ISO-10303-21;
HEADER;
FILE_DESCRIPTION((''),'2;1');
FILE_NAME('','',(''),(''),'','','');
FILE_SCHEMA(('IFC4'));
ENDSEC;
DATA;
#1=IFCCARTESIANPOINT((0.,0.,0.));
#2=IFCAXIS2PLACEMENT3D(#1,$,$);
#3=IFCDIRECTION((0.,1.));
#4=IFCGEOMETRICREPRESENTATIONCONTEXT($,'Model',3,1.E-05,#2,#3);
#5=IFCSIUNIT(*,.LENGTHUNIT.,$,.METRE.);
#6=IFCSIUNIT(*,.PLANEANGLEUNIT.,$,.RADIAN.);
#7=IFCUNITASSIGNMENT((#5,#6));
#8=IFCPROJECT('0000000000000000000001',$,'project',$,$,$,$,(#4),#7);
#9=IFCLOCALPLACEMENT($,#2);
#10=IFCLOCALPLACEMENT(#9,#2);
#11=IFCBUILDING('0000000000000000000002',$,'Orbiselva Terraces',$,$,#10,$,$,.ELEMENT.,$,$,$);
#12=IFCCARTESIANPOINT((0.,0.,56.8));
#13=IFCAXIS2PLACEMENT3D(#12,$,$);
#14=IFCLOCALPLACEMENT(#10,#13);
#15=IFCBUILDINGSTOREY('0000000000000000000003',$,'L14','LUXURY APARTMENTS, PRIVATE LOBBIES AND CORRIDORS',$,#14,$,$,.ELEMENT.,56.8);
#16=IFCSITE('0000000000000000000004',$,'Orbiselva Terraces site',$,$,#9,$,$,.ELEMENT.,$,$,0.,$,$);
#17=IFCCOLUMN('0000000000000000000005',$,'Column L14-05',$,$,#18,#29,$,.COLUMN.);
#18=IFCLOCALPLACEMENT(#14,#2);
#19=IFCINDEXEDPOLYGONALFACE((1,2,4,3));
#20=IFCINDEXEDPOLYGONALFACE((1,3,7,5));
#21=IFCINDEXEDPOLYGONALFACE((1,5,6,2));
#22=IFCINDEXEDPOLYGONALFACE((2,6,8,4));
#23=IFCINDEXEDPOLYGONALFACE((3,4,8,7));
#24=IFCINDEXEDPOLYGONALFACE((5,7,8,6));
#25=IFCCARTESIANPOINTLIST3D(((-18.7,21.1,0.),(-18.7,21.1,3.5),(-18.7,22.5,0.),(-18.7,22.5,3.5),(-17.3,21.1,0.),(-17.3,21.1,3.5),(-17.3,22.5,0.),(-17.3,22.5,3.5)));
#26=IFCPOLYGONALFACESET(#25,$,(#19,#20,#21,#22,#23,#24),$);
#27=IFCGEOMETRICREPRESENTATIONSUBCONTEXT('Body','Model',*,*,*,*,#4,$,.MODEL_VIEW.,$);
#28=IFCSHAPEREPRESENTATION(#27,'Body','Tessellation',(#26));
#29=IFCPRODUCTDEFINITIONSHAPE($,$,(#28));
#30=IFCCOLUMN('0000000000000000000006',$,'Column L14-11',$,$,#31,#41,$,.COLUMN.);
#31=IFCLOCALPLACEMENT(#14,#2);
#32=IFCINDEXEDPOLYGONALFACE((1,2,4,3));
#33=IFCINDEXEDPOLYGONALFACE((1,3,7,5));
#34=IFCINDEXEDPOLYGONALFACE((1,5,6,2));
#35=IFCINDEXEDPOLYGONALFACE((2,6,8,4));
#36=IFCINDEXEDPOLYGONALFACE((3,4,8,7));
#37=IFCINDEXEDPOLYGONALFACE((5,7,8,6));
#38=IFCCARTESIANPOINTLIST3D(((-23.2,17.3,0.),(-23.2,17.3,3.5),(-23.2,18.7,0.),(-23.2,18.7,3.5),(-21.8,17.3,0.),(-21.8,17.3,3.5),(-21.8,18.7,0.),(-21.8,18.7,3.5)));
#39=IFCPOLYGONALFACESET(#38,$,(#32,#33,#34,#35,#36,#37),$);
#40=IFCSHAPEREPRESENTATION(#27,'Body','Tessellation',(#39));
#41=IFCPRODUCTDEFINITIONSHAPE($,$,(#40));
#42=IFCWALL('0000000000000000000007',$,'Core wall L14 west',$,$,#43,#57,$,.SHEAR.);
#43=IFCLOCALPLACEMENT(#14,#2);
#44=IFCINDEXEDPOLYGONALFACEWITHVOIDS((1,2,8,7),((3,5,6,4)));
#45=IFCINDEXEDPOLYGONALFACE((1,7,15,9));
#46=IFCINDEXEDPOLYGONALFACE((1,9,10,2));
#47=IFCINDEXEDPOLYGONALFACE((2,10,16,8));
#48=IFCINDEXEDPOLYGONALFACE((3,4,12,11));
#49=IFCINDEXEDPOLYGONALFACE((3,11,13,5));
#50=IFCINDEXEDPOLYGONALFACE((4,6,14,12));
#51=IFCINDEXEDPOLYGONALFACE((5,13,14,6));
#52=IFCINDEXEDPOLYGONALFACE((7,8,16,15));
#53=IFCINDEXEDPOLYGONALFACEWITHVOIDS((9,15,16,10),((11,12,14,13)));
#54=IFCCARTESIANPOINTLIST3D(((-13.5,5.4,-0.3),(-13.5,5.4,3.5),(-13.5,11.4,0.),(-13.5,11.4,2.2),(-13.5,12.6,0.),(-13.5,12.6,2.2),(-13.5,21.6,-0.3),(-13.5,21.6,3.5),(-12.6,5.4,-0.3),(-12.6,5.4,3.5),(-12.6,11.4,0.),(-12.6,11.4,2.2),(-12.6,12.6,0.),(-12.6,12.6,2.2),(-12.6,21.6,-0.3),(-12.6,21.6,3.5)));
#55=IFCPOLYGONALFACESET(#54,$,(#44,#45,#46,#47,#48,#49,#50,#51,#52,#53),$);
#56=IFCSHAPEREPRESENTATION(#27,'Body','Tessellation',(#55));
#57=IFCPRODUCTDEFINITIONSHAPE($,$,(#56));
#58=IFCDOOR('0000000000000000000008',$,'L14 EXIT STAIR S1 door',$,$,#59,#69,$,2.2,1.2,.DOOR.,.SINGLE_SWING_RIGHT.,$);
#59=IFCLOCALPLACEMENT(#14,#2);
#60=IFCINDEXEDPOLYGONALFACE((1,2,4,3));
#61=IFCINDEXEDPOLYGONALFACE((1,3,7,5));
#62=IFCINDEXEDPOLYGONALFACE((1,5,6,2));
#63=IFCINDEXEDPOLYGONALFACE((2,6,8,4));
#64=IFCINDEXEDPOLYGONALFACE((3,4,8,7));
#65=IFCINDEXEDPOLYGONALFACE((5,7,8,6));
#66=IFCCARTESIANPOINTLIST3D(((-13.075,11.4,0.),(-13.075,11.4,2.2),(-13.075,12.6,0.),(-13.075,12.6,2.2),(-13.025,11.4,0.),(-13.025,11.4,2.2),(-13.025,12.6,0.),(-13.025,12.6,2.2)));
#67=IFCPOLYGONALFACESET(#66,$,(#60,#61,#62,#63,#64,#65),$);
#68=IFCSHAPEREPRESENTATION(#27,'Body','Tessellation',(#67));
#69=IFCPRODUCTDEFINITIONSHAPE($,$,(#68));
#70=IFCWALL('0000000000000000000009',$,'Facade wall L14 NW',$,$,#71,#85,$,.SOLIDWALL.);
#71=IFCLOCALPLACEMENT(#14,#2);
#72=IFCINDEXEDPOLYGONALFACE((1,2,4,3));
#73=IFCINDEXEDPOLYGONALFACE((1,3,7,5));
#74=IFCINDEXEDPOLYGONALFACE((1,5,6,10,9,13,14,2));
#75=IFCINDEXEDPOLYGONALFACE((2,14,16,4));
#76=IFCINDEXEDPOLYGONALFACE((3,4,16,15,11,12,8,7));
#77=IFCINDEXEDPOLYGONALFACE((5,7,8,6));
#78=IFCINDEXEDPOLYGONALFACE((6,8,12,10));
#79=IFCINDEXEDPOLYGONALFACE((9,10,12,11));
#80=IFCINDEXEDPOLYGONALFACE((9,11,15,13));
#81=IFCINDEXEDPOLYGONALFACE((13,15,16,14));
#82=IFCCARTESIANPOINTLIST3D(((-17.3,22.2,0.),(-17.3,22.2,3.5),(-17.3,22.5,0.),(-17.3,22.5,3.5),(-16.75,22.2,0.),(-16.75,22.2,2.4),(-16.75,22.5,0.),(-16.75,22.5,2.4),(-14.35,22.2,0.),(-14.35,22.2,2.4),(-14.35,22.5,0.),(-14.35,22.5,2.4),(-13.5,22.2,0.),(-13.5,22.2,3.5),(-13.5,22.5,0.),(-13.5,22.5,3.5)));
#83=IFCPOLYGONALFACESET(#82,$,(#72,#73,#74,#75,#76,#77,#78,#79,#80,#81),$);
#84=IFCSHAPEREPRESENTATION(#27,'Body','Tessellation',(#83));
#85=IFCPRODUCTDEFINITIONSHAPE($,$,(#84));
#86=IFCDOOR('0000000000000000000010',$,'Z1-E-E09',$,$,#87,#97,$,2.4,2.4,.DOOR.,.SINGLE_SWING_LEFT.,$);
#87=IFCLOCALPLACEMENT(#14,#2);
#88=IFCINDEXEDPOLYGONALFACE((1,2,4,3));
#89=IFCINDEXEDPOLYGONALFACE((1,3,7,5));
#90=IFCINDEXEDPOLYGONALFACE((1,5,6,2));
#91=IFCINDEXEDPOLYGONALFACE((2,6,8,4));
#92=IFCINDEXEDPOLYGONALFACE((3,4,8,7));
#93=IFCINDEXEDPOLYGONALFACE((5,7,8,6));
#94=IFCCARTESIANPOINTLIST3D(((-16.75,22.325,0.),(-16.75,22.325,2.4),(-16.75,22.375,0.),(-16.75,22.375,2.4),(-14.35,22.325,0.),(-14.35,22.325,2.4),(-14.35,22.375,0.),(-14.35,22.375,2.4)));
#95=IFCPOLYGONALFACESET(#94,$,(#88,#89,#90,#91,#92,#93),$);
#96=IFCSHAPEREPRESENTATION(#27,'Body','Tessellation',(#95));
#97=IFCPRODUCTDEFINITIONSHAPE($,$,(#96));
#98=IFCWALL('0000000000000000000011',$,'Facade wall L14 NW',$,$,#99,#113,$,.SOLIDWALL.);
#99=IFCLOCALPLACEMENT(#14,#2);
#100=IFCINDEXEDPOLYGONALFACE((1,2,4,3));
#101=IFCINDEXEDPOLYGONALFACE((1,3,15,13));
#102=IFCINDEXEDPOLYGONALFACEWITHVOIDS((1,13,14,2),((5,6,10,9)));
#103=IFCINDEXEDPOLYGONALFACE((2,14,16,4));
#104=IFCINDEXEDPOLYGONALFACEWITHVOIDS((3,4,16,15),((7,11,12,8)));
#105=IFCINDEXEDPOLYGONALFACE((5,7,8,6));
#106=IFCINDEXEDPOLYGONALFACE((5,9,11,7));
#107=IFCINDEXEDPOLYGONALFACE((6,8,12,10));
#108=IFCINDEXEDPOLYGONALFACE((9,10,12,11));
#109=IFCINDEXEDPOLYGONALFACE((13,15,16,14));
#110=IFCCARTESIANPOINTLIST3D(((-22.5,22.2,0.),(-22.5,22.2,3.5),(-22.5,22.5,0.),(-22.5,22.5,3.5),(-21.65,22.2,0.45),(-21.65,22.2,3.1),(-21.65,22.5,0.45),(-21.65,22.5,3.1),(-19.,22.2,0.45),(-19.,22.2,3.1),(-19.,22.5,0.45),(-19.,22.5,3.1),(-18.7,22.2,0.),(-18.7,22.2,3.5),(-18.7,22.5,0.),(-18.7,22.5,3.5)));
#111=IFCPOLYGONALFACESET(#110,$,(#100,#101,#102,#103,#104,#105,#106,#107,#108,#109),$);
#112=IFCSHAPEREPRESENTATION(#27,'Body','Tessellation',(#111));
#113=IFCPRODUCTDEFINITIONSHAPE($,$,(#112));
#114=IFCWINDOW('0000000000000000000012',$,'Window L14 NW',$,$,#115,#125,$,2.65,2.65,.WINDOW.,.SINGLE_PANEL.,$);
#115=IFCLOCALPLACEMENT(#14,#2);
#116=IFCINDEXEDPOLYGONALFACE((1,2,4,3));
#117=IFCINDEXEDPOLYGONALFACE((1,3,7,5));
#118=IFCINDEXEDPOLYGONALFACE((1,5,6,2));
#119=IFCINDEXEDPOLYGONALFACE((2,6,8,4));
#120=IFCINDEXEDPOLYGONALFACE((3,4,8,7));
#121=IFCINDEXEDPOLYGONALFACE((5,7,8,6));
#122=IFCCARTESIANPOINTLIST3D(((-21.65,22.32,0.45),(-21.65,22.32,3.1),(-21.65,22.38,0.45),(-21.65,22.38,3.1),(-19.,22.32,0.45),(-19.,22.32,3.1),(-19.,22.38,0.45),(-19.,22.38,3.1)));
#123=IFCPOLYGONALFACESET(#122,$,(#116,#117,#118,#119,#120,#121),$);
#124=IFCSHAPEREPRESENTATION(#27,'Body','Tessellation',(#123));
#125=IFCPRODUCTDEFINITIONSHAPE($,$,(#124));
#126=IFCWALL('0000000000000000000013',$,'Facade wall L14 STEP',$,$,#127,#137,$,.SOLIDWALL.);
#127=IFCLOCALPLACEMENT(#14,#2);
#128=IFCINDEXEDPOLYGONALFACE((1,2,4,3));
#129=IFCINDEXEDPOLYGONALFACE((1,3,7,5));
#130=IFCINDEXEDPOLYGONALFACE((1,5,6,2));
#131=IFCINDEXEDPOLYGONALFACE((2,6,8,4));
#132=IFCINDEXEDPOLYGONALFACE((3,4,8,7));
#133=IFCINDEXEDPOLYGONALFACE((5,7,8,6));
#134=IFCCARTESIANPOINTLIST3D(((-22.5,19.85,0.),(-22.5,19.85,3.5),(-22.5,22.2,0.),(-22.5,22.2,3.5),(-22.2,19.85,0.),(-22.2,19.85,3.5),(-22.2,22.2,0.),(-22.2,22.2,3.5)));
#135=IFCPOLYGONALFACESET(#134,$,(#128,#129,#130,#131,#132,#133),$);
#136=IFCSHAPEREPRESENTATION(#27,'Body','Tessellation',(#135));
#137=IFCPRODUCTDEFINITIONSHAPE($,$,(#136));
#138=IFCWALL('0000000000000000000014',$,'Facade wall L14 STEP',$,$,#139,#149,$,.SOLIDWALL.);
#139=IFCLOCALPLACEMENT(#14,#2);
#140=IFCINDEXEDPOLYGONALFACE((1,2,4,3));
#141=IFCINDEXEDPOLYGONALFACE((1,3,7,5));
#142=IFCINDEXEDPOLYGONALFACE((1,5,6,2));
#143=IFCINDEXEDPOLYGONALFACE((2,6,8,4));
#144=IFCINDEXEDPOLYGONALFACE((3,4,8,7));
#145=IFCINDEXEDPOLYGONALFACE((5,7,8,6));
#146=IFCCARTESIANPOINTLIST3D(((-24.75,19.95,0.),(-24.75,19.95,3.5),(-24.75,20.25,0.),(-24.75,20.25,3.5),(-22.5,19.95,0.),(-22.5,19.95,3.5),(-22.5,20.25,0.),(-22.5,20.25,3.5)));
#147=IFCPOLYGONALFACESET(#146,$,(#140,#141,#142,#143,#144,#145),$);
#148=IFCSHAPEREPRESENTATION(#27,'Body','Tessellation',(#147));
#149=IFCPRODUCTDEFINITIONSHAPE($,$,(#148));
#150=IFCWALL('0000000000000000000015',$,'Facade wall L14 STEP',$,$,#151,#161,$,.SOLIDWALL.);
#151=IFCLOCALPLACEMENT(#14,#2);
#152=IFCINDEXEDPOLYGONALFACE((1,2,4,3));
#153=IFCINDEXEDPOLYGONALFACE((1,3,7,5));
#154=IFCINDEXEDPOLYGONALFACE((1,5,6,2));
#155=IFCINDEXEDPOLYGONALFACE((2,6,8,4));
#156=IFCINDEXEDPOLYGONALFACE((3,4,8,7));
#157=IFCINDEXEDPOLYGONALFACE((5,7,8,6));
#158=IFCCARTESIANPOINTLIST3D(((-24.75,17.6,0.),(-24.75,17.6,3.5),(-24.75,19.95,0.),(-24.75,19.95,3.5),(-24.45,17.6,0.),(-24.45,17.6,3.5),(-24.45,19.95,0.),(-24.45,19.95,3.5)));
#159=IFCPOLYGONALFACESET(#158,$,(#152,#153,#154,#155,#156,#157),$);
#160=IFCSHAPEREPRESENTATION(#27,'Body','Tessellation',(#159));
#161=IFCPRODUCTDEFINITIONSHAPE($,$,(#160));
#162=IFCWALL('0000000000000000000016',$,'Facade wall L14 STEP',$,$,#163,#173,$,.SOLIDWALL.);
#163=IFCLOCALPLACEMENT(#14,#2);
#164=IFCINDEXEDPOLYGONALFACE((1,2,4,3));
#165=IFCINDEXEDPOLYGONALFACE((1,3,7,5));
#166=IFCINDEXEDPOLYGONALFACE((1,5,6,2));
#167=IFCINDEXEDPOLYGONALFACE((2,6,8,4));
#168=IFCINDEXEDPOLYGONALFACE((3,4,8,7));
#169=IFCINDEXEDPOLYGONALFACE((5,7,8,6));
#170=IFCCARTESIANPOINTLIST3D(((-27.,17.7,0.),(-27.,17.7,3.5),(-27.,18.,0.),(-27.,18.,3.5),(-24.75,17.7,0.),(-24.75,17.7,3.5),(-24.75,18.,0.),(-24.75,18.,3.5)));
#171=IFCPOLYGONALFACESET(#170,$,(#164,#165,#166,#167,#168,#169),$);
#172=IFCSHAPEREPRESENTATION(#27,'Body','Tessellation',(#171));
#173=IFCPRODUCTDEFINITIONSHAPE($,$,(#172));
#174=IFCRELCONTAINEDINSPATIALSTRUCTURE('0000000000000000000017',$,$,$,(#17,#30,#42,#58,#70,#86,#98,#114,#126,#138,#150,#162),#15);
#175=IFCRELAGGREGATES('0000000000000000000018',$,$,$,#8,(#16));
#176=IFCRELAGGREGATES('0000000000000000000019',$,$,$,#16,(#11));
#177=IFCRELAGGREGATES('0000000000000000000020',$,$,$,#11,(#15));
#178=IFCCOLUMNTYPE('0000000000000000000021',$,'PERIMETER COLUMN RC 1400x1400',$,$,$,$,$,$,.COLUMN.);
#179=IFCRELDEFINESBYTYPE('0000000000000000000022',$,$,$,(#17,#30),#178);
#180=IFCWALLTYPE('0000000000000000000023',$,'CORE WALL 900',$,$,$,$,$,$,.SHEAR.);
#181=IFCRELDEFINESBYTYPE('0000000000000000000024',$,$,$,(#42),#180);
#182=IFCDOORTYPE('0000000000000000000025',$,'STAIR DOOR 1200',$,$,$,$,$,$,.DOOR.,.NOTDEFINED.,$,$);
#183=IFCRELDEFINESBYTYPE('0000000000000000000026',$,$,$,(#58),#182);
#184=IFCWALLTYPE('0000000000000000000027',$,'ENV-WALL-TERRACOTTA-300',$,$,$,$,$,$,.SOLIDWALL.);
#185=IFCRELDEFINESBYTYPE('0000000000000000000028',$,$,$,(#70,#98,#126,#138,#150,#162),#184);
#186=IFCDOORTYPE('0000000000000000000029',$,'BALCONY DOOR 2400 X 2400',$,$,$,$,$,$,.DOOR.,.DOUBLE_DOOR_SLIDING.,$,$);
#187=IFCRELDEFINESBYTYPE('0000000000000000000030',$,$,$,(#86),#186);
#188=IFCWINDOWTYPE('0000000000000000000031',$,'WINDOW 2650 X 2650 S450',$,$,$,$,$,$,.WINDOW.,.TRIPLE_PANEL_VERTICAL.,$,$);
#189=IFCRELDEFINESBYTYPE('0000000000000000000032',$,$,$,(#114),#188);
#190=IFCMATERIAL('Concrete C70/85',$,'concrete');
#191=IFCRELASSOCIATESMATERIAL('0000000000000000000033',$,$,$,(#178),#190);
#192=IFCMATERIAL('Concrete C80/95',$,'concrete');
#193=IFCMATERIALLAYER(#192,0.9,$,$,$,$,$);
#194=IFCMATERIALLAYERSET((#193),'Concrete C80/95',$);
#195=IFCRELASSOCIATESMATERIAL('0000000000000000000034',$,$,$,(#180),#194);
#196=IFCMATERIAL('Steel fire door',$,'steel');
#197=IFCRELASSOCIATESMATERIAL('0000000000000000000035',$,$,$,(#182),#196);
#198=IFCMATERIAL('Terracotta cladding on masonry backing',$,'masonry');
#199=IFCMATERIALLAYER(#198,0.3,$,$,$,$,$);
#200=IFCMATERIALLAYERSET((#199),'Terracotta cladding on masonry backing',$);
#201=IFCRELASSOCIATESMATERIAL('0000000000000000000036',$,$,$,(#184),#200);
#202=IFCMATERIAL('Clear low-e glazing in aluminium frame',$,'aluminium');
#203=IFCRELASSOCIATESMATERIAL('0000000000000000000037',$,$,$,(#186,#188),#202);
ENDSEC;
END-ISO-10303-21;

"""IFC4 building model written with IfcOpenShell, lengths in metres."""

from ifc_helpers import new_model, si_unit, direction, frame, frame_2d, origin, origin_2d, place, context, subcontext, project, spatial, rectangle, extrude, material, layer, layer_set, material_profile, profile_set, type_object, element, fill, save


model = new_model("IFC4")

# Units and contexts
model_context = context("Model", 3, precision=1e-05, world=origin(), true_north=direction((0.0, 1.0)))
body_context = subcontext(model_context, "Body", "Model", "MODEL_VIEW")
ifc_project = project(units=[si_unit("LENGTHUNIT", "METRE"), si_unit("PLANEANGLEUNIT", "RADIAN")], contexts=[model_context])

# Site, building, storey
site_placement = place(None, origin())
site = spatial("IfcSite", under=ifc_project, at=site_placement, Name="Orbiselva Terraces site", CompositionType="ELEMENT", RefElevation=0.0)
building_placement = place(site_placement, origin())
building = spatial("IfcBuilding", under=site, at=building_placement, Name="Orbiselva Terraces", CompositionType="ELEMENT")
storey_placement = place(building_placement, frame((0.0, 0.0, 56.8)))
storey = spatial("IfcBuildingStorey", under=building, at=storey_placement, Name="L14", Description="LUXURY APARTMENTS, PRIVATE LOBBIES AND CORRIDORS", CompositionType="ELEMENT", Elevation=56.8)

# Columns
ifc_material_1 = material(Name="Concrete C70/85", Category="concrete")
ifc_material_profile = material_profile(ifc_material_1, rectangle(XDim=1.4, YDim=1.4, at=origin_2d()), Name="RC 1400x1400")
ifc_profile_set = profile_set([ifc_material_profile], Name="Concrete C70/85")
column_type = type_object("IfcColumnType", Name="PERIMETER COLUMN RC 1400x1400", PredefinedType="COLUMN", material=ifc_profile_set)
for number, where, z_axis, x_axis, name in (
    (1, (-18.0, 21.8, 0.0), (0.0, 0.0, 1.0), (1.0, 0.0, 0.0), "Column L14-05"),
    (2, (-22.5, 18.0, 0.0), (0.0, 0.0, 1.0), (1.0, 0.0, 0.0), "Column L14-11"),
):
    element("IfcColumn", number, at=place(storey_placement, frame(where, z_axis=z_axis, x_axis=x_axis)), inside=storey, type_object=column_type, Name=name, PredefinedType="COLUMN", context=body_context, shape_type="SweptSolid", body=[
        extrude(rectangle(XDim=1.4, YDim=1.4, at=origin_2d()), origin(), (0.0, 0.0, 1.0), 3.5),
    ])

# Walls, openings, doors
ifc_material_2 = material(Name="Concrete C80/95", Category="concrete")
ifc_layer_1 = layer(ifc_material_2, 0.9)
ifc_layer_set_1 = layer_set([ifc_layer_1], Name="Concrete C80/95")
wall_type_1 = type_object("IfcWallType", Name="CORE WALL 900", PredefinedType="SHEAR", material=ifc_layer_set_1)
wall_1_placement = place(storey_placement, frame((-13.05, 21.6, -0.3), z_axis=(0.0, 0.0, 1.0), x_axis=(0.0, -1.0, 0.0)))
wall_1 = element("IfcWall", 3, at=wall_1_placement, inside=storey, type_object=wall_type_1, Name="Core wall L14 west", PredefinedType="SHEAR", context=body_context, shape_type="SweptSolid", body=[
    extrude(rectangle(XDim=16.2, YDim=0.9, at=frame_2d((8.1, 0.0))), origin(), (0.0, 0.0, 1.0), 3.8),
])
opening_1_placement = place(wall_1_placement, frame((9.0, 0.0, 0.3)))
opening_1 = element("IfcOpeningElement", 4, at=opening_1_placement, cuts=wall_1, PredefinedType="OPENING", context=body_context, shape_type="SweptSolid", body=[
    extrude(rectangle(XDim=1.2, YDim=2.2, at=frame_2d((0.6, 1.1))), frame((0.0, 0.46, 0.0), z_axis=(0.0, -1.0, 0.0), x_axis=(1.0, 0.0, 0.0)), (0.0, 0.0, 1.0), 0.92),
])
ifc_material_3 = material(Name="Steel fire door", Category="steel")
door_type_1 = type_object("IfcDoorType", Name="STAIR DOOR 1200", OperationType="NOTDEFINED", PredefinedType="DOOR", material=ifc_material_3)
door_1_placement = place(opening_1_placement, frame((1.2, 0.0, 0.0), z_axis=(0.0, 0.0, 1.0), x_axis=(-1.0, 0.0, 0.0)))
door_1 = element("IfcDoor", 5, at=door_1_placement, inside=storey, type_object=door_type_1, Name="L14 EXIT STAIR S1 door", OperationType="SINGLE_SWING_RIGHT", OverallHeight=2.2, OverallWidth=1.2, PredefinedType="DOOR", context=body_context, shape_type="SweptSolid", body=[
    extrude(rectangle(XDim=1.2, YDim=2.2, at=frame_2d((0.6, 1.1))), frame((0.0, 0.025, 0.0), z_axis=(0.0, -1.0, 0.0), x_axis=(1.0, 0.0, 0.0)), (0.0, 0.0, 1.0), 0.05),
])
fill(opening_1, door_1)
ifc_material_4 = material(Name="Terracotta cladding on masonry backing", Category="masonry")
ifc_layer_2 = layer(ifc_material_4, 0.3)
ifc_layer_set_2 = layer_set([ifc_layer_2], Name="Terracotta cladding on masonry backing")
wall_type_2 = type_object("IfcWallType", Name="ENV-WALL-TERRACOTTA-300", PredefinedType="SOLIDWALL", material=ifc_layer_set_2)
wall_2_placement = place(storey_placement, frame((-17.3, 22.35, 0.0), z_axis=(0.0, 0.0, 1.0), x_axis=(1.0, 0.0, 0.0)))
wall_2 = element("IfcWall", 6, at=wall_2_placement, inside=storey, type_object=wall_type_2, Name="Facade wall L14 NW", PredefinedType="SOLIDWALL", context=body_context, shape_type="SweptSolid", body=[
    extrude(rectangle(XDim=3.8, YDim=0.3, at=frame_2d((1.9, 0.0))), origin(), (0.0, 0.0, 1.0), 3.5),
])
opening_2_placement = place(wall_2_placement, frame((0.55, 0.0, 0.0)))
opening_2 = element("IfcOpeningElement", 7, at=opening_2_placement, cuts=wall_2, PredefinedType="OPENING", context=body_context, shape_type="SweptSolid", body=[
    extrude(rectangle(XDim=2.4, YDim=2.4, at=frame_2d((1.2, 1.2))), frame((0.0, 0.16, 0.0), z_axis=(0.0, -1.0, 0.0), x_axis=(1.0, 0.0, 0.0)), (0.0, 0.0, 1.0), 0.32),
])
ifc_material_5 = material(Name="Clear low-e glazing in aluminium frame", Category="aluminium")
door_type_2 = type_object("IfcDoorType", Name="BALCONY DOOR 2400 X 2400", OperationType="DOUBLE_DOOR_SLIDING", PredefinedType="DOOR", material=ifc_material_5)
door_2_placement = place(opening_2_placement, origin())
door_2 = element("IfcDoor", 8, at=door_2_placement, inside=storey, type_object=door_type_2, Name="Z1-E-E09", OperationType="SINGLE_SWING_LEFT", OverallHeight=2.4, OverallWidth=2.4, PredefinedType="DOOR", context=body_context, shape_type="SweptSolid", body=[
    extrude(rectangle(XDim=2.4, YDim=2.4, at=frame_2d((1.2, 1.2))), frame((0.0, 0.025, 0.0), z_axis=(0.0, -1.0, 0.0), x_axis=(1.0, 0.0, 0.0)), (0.0, 0.0, 1.0), 0.05),
])
fill(opening_2, door_2)

# Wall, opening, window
wall_3_placement = place(storey_placement, frame((-22.5, 22.35, 0.0), z_axis=(0.0, 0.0, 1.0), x_axis=(1.0, 0.0, 0.0)))
wall_3 = element("IfcWall", 9, at=wall_3_placement, inside=storey, type_object=wall_type_2, Name="Facade wall L14 NW", PredefinedType="SOLIDWALL", context=body_context, shape_type="SweptSolid", body=[
    extrude(rectangle(XDim=3.8, YDim=0.3, at=frame_2d((1.9, 0.0))), origin(), (0.0, 0.0, 1.0), 3.5),
])
opening_3_placement = place(wall_3_placement, frame((0.85, 0.0, 0.45)))
opening_3 = element("IfcOpeningElement", 10, at=opening_3_placement, cuts=wall_3, PredefinedType="OPENING", context=body_context, shape_type="SweptSolid", body=[
    extrude(rectangle(XDim=2.65, YDim=2.65, at=frame_2d((1.325, 1.325))), frame((0.0, 0.16, 0.0), z_axis=(0.0, -1.0, 0.0), x_axis=(1.0, 0.0, 0.0)), (0.0, 0.0, 1.0), 0.32),
])
window_type = type_object("IfcWindowType", Name="WINDOW 2650 X 2650 S450", PartitioningType="TRIPLE_PANEL_VERTICAL", PredefinedType="WINDOW", material=ifc_material_5)
window_placement = place(opening_3_placement, origin())
window = element("IfcWindow", 11, at=window_placement, inside=storey, type_object=window_type, Name="Window L14 NW", OverallHeight=2.65, OverallWidth=2.65, PartitioningType="SINGLE_PANEL", PredefinedType="WINDOW", context=body_context, shape_type="SweptSolid", body=[
    extrude(rectangle(XDim=2.65, YDim=2.65, at=frame_2d((1.325, 1.325))), frame((0.0, 0.03, 0.0), z_axis=(0.0, -1.0, 0.0), x_axis=(1.0, 0.0, 0.0)), (0.0, 0.0, 1.0), 0.06),
])
fill(opening_3, window)

# Walls
wall_4_placement = place(storey_placement, frame((-22.35, 19.85, 0.0), z_axis=(0.0, 0.0, 1.0), x_axis=(0.0, 1.0, 0.0)))
element("IfcWall", 12, at=wall_4_placement, inside=storey, type_object=wall_type_2, Name="Facade wall L14 STEP", PredefinedType="SOLIDWALL", context=body_context, shape_type="SweptSolid", body=[
    extrude(rectangle(XDim=2.35, YDim=0.3, at=frame_2d((1.175, 0.0))), origin(), (0.0, 0.0, 1.0), 3.5),
])
wall_5_placement = place(storey_placement, frame((-24.75, 20.1, 0.0), z_axis=(0.0, 0.0, 1.0), x_axis=(1.0, 0.0, 0.0)))
element("IfcWall", 13, at=wall_5_placement, inside=storey, type_object=wall_type_2, Name="Facade wall L14 STEP", PredefinedType="SOLIDWALL", context=body_context, shape_type="SweptSolid", body=[
    extrude(rectangle(XDim=2.25, YDim=0.3, at=frame_2d((1.125, 0.0))), origin(), (0.0, 0.0, 1.0), 3.5),
])
wall_6_placement = place(storey_placement, frame((-24.6, 17.6, 0.0), z_axis=(0.0, 0.0, 1.0), x_axis=(0.0, 1.0, 0.0)))
element("IfcWall", 14, at=wall_6_placement, inside=storey, type_object=wall_type_2, Name="Facade wall L14 STEP", PredefinedType="SOLIDWALL", context=body_context, shape_type="SweptSolid", body=[
    extrude(rectangle(XDim=2.35, YDim=0.3, at=frame_2d((1.175, 0.0))), origin(), (0.0, 0.0, 1.0), 3.5),
])
wall_7_placement = place(storey_placement, frame((-27.0, 17.85, 0.0), z_axis=(0.0, 0.0, 1.0), x_axis=(1.0, 0.0, 0.0)))
element("IfcWall", 15, at=wall_7_placement, inside=storey, type_object=wall_type_2, Name="Facade wall L14 STEP", PredefinedType="SOLIDWALL", context=body_context, shape_type="SweptSolid", body=[
    extrude(rectangle(XDim=2.25, YDim=0.3, at=frame_2d((1.125, 0.0))), origin(), (0.0, 0.0, 1.0), 3.5),
])

save(model, "model.ifc")
